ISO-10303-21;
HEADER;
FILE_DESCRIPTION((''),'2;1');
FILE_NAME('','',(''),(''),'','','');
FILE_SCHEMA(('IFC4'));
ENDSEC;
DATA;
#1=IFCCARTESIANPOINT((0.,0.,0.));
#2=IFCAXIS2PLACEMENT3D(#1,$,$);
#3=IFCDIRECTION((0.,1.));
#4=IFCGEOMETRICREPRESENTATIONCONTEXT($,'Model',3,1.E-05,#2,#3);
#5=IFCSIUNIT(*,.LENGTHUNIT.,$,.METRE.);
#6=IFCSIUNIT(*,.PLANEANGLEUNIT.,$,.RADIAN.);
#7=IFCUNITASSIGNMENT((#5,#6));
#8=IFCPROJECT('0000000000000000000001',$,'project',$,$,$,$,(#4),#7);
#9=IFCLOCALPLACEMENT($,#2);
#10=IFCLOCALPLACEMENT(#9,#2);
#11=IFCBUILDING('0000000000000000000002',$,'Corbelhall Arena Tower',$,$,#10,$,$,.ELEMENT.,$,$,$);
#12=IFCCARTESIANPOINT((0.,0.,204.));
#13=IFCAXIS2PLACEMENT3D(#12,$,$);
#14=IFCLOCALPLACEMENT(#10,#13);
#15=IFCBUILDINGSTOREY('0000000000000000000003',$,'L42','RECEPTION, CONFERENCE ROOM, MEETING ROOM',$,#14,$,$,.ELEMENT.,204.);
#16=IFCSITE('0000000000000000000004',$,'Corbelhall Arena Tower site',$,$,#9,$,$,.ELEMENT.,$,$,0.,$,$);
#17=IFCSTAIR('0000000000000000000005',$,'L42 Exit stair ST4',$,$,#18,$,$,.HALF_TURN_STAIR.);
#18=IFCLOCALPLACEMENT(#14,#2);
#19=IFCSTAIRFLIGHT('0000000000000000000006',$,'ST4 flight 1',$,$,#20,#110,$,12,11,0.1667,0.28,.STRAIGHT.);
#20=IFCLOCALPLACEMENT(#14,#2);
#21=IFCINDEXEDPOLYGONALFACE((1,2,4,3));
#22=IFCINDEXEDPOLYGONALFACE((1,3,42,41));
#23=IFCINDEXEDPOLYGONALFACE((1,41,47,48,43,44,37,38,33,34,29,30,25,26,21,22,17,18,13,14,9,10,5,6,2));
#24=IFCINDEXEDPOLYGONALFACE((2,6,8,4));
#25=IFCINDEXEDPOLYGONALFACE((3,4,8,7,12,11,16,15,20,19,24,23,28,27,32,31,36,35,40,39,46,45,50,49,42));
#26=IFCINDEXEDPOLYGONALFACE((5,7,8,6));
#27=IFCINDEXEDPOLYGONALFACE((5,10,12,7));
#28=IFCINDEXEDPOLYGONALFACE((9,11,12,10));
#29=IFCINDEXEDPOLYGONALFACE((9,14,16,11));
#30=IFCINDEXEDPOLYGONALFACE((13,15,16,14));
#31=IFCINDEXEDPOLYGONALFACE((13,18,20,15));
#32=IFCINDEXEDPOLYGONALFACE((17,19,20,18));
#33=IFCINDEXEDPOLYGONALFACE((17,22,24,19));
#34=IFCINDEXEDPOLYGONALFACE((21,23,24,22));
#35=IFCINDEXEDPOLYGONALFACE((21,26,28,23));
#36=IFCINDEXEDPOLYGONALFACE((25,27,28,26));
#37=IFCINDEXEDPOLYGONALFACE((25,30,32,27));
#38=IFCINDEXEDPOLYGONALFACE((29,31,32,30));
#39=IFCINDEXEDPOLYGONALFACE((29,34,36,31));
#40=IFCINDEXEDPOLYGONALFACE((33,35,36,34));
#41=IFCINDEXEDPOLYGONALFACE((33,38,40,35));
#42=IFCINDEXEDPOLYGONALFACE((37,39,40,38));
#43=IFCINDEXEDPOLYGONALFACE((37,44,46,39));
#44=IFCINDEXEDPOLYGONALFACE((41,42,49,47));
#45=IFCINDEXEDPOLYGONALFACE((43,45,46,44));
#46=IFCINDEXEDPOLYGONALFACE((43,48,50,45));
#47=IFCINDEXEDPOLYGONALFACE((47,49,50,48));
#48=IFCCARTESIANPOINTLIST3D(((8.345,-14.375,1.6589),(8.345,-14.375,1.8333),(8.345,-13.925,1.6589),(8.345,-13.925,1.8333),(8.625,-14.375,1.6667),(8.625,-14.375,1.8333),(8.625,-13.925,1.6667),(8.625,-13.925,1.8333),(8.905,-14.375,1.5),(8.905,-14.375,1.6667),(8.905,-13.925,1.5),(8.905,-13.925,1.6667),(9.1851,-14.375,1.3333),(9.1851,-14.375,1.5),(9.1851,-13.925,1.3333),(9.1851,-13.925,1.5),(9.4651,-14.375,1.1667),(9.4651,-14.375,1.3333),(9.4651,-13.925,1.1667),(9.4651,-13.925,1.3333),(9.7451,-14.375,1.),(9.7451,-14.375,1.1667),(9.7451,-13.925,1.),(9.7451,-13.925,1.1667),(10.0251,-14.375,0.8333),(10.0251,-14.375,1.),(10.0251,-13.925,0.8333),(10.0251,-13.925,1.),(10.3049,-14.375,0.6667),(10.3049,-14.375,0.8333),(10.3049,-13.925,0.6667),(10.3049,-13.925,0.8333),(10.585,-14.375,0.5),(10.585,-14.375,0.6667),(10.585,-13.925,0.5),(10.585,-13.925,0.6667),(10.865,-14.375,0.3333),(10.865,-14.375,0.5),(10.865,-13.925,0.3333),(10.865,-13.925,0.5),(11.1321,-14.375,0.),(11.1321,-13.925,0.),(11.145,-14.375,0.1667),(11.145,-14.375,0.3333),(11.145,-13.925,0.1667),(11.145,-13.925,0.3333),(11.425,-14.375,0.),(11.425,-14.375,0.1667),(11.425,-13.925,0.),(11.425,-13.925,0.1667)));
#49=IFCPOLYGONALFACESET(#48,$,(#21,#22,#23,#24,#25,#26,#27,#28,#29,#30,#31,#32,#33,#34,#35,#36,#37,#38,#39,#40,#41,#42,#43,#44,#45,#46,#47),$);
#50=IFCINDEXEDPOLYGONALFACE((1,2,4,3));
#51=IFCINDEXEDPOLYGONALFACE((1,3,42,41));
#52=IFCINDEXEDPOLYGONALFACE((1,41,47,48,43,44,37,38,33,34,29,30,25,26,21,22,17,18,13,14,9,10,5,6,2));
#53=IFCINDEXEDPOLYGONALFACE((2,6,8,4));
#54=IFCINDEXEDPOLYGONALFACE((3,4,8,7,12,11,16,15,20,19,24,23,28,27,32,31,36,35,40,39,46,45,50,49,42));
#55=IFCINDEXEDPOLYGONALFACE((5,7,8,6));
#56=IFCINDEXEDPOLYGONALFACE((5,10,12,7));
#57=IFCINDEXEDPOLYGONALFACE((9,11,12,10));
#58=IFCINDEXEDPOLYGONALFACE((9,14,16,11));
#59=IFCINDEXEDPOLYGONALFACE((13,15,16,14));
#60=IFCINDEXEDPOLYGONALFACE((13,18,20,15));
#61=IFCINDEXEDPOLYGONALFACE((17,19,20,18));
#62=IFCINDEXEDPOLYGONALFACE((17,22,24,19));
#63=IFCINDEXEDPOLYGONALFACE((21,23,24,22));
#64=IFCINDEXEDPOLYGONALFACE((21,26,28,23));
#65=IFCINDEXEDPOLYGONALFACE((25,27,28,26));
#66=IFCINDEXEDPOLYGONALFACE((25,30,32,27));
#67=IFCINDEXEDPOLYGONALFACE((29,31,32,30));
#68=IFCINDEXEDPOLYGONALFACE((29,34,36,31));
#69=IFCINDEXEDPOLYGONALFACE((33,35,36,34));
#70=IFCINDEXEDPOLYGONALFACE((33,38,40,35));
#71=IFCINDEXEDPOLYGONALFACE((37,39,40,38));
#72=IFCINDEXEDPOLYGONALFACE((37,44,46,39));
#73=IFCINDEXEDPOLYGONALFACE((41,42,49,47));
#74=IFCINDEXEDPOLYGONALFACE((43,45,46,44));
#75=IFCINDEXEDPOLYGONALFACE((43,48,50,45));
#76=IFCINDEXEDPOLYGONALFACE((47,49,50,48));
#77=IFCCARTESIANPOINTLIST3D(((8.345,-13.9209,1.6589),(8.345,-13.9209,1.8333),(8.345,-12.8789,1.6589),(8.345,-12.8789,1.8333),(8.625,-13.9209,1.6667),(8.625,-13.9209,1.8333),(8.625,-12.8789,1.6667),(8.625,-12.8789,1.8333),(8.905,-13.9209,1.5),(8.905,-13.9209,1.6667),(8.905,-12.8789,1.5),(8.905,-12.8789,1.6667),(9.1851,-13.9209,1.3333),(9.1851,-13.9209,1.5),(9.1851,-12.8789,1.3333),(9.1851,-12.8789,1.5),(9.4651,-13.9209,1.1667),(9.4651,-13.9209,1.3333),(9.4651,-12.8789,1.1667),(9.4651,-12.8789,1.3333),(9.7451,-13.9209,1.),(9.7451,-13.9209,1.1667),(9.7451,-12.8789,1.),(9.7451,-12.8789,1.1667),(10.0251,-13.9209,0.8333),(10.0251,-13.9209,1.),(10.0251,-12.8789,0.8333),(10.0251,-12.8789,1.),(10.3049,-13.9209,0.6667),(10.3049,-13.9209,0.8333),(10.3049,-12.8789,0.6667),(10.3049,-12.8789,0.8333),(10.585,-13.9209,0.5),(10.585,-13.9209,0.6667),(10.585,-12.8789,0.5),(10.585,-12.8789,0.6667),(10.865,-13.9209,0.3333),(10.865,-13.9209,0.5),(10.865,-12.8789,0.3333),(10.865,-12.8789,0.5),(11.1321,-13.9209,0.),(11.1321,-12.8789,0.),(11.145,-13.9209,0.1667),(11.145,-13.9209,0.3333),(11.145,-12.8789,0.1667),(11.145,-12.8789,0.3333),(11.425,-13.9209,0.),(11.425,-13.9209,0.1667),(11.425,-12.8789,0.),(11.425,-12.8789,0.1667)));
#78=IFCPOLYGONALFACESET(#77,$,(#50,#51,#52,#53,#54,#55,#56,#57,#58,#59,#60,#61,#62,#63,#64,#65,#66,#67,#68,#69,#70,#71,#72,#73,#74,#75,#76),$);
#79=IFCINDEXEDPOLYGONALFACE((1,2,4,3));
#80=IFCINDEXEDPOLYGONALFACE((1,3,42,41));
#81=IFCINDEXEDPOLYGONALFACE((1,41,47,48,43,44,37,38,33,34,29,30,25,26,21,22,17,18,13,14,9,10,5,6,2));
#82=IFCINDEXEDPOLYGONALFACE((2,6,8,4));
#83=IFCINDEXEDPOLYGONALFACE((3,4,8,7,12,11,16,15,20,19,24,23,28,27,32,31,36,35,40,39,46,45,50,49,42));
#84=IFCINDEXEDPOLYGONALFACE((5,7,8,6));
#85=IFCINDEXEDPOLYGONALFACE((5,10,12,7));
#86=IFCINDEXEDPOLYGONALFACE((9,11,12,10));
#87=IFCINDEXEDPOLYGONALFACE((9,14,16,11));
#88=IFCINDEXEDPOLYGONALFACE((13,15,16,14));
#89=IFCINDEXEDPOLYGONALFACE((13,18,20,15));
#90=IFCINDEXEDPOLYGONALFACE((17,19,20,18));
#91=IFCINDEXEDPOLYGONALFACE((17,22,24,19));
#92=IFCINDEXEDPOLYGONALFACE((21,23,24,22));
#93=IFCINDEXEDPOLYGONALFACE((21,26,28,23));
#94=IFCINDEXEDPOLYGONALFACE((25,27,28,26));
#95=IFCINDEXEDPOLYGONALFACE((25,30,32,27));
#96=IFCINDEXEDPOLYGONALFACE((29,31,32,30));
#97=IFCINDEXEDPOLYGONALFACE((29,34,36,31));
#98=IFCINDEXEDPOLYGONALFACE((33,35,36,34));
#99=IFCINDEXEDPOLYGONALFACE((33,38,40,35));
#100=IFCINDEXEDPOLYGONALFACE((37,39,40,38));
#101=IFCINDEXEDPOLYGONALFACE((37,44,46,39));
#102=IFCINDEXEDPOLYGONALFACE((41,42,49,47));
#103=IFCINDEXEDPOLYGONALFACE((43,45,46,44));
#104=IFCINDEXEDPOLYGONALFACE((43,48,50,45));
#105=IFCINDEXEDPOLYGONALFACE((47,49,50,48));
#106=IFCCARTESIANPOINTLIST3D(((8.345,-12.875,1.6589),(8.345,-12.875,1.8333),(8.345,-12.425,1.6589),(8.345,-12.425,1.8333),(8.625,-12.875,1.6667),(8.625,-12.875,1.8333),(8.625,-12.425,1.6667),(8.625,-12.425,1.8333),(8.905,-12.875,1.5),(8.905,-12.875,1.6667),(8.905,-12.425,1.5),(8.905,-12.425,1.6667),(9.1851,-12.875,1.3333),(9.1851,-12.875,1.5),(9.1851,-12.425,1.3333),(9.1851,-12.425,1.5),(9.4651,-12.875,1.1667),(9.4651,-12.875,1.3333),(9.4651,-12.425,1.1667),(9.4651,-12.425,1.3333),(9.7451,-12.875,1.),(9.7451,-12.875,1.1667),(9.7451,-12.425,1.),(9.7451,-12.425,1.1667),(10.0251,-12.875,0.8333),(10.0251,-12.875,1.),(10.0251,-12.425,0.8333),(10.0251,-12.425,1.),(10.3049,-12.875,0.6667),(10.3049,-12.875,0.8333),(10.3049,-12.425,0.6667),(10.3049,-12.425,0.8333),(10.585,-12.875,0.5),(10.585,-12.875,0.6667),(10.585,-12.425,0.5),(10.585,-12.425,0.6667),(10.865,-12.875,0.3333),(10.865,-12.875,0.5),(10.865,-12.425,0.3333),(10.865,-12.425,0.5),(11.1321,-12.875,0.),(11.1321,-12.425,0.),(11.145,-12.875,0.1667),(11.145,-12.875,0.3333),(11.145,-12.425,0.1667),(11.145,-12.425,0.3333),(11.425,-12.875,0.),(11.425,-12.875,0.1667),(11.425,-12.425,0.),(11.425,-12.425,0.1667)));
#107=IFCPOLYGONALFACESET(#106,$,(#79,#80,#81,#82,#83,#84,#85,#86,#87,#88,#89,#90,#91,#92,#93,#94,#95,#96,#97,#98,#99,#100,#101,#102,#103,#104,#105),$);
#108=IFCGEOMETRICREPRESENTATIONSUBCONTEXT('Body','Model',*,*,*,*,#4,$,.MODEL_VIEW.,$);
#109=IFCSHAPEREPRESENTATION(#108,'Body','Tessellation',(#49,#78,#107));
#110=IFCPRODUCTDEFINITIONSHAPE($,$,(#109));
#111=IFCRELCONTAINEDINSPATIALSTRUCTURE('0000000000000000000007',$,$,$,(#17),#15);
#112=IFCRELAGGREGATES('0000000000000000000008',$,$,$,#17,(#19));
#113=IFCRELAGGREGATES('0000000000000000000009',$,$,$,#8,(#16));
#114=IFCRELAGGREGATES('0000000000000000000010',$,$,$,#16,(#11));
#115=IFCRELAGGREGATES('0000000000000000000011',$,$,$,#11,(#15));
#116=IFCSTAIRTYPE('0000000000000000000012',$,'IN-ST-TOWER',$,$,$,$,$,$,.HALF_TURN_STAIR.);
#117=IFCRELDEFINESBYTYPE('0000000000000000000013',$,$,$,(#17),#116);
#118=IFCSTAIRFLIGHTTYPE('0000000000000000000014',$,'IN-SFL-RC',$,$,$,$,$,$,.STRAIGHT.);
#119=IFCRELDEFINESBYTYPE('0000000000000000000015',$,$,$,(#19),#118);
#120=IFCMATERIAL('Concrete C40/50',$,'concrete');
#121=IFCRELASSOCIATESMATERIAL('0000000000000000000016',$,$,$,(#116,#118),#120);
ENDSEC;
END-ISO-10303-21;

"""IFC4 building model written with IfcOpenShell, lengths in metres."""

from ifc_helpers import new_model, si_unit, direction, frame, origin, place, context, subcontext, project, spatial, polyline, outline, extrude, material, type_object, element, aggregate, save


model = new_model("IFC4")

# Units and contexts
model_context = context("Model", 3, precision=1e-05, world=origin(), true_north=direction((0.0, 1.0)))
body_context = subcontext(model_context, "Body", "Model", "MODEL_VIEW")
ifc_project = project(units=[si_unit("LENGTHUNIT", "METRE"), si_unit("PLANEANGLEUNIT", "RADIAN")], contexts=[model_context])

# Site, building, storey
site_placement = place(None, origin())
site = spatial("IfcSite", under=ifc_project, at=site_placement, Name="Corbelhall Arena Tower site", CompositionType="ELEMENT", RefElevation=0.0)
building_placement = place(site_placement, origin())
building = spatial("IfcBuilding", under=site, at=building_placement, Name="Corbelhall Arena Tower", CompositionType="ELEMENT")
storey_placement = place(building_placement, frame((0.0, 0.0, 204.0)))
storey = spatial("IfcBuildingStorey", under=building, at=storey_placement, Name="L42", Description="RECEPTION, CONFERENCE ROOM, MEETING ROOM", CompositionType="ELEMENT", Elevation=204.0)

# Shared definitions
ifc_material_1 = material(Name="Concrete C40/50", Category="concrete")

# Stair, stair flight
stair_type = type_object("IfcStairType", Name="IN-ST-TOWER", PredefinedType="HALF_TURN_STAIR", material=ifc_material_1)
stair_placement = place(storey_placement, origin())
stair = element("IfcStair", 1, at=stair_placement, inside=storey, type_object=stair_type, Name="L42 Exit stair ST4", PredefinedType="HALF_TURN_STAIR")
stair_flight_type = type_object("IfcStairFlightType", Name="IN-SFL-RC", PredefinedType="STRAIGHT", material=ifc_material_1)
stair_flight_placement = place(storey_placement, frame((11.425, -13.3999, 0.0), z_axis=(0.0, 0.0, 1.0), x_axis=(-1.0, 0.0, 0.0)))
stair_flight = element("IfcStairFlight", 2, at=stair_flight_placement, type_object=stair_flight_type, Name="ST4 flight 1", NumberOfRisers=12, NumberOfTreads=11, PredefinedType="STRAIGHT", RiserHeight=0.1667, TreadLength=0.28, context=body_context, shape_type="SweptSolid", body=[
    extrude(outline(polyline([(0.0, 0.0), (0.0, 0.1667), (0.28, 0.1667), (0.28, 0.3333), (0.5601, 0.3333), (0.5601, 0.5), (0.8401, 0.5), (0.8401, 0.6667), (1.1201, 0.6667), (1.1201, 0.8333), (1.3999, 0.8333), (1.3999, 1.0), (1.6799, 1.0), (1.6799, 1.1667), (1.96, 1.1667), (1.96, 1.3333), (2.24, 1.3333), (2.24, 1.5), (2.52, 1.5), (2.52, 1.6667), (2.8, 1.6667), (2.8, 1.8333), (3.0801, 1.8333), (3.0801, 2.0), (3.0801, 1.6589), (0.293, 0.0), (0.0, 0.0)])), frame((0.0, 0.9751, 0.0), z_axis=(0.0, -1.0, 0.0), x_axis=(1.0, 0.0, 0.0)), (0.0, 0.0, 1.0), 0.45),
    extrude(outline(polyline([(0.0, 0.0), (0.0, 0.1667), (0.28, 0.1667), (0.28, 0.3333), (0.5601, 0.3333), (0.5601, 0.5), (0.8401, 0.5), (0.8401, 0.6667), (1.1201, 0.6667), (1.1201, 0.8333), (1.3999, 0.8333), (1.3999, 1.0), (1.6799, 1.0), (1.6799, 1.1667), (1.96, 1.1667), (1.96, 1.3333), (2.24, 1.3333), (2.24, 1.5), (2.52, 1.5), (2.52, 1.6667), (2.8, 1.6667), (2.8, 1.8333), (3.0801, 1.8333), (3.0801, 2.0), (3.0801, 1.6589), (0.293, 0.0), (0.0, 0.0)])), frame((0.0, 0.521, 0.0), z_axis=(0.0, -1.0, 0.0), x_axis=(1.0, 0.0, 0.0)), (0.0, 0.0, 1.0), 1.042),
    extrude(outline(polyline([(0.0, 0.0), (0.0, 0.1667), (0.28, 0.1667), (0.28, 0.3333), (0.5601, 0.3333), (0.5601, 0.5), (0.8401, 0.5), (0.8401, 0.6667), (1.1201, 0.6667), (1.1201, 0.8333), (1.3999, 0.8333), (1.3999, 1.0), (1.6799, 1.0), (1.6799, 1.1667), (1.96, 1.1667), (1.96, 1.3333), (2.24, 1.3333), (2.24, 1.5), (2.52, 1.5), (2.52, 1.6667), (2.8, 1.6667), (2.8, 1.8333), (3.0801, 1.8333), (3.0801, 2.0), (3.0801, 1.6589), (0.293, 0.0), (0.0, 0.0)])), frame((0.0, -0.5249, 0.0), z_axis=(0.0, -1.0, 0.0), x_axis=(1.0, 0.0, 0.0)), (0.0, 0.0, 1.0), 0.45),
])
aggregate(stair, [stair_flight])

save(model, "model.ifc")
